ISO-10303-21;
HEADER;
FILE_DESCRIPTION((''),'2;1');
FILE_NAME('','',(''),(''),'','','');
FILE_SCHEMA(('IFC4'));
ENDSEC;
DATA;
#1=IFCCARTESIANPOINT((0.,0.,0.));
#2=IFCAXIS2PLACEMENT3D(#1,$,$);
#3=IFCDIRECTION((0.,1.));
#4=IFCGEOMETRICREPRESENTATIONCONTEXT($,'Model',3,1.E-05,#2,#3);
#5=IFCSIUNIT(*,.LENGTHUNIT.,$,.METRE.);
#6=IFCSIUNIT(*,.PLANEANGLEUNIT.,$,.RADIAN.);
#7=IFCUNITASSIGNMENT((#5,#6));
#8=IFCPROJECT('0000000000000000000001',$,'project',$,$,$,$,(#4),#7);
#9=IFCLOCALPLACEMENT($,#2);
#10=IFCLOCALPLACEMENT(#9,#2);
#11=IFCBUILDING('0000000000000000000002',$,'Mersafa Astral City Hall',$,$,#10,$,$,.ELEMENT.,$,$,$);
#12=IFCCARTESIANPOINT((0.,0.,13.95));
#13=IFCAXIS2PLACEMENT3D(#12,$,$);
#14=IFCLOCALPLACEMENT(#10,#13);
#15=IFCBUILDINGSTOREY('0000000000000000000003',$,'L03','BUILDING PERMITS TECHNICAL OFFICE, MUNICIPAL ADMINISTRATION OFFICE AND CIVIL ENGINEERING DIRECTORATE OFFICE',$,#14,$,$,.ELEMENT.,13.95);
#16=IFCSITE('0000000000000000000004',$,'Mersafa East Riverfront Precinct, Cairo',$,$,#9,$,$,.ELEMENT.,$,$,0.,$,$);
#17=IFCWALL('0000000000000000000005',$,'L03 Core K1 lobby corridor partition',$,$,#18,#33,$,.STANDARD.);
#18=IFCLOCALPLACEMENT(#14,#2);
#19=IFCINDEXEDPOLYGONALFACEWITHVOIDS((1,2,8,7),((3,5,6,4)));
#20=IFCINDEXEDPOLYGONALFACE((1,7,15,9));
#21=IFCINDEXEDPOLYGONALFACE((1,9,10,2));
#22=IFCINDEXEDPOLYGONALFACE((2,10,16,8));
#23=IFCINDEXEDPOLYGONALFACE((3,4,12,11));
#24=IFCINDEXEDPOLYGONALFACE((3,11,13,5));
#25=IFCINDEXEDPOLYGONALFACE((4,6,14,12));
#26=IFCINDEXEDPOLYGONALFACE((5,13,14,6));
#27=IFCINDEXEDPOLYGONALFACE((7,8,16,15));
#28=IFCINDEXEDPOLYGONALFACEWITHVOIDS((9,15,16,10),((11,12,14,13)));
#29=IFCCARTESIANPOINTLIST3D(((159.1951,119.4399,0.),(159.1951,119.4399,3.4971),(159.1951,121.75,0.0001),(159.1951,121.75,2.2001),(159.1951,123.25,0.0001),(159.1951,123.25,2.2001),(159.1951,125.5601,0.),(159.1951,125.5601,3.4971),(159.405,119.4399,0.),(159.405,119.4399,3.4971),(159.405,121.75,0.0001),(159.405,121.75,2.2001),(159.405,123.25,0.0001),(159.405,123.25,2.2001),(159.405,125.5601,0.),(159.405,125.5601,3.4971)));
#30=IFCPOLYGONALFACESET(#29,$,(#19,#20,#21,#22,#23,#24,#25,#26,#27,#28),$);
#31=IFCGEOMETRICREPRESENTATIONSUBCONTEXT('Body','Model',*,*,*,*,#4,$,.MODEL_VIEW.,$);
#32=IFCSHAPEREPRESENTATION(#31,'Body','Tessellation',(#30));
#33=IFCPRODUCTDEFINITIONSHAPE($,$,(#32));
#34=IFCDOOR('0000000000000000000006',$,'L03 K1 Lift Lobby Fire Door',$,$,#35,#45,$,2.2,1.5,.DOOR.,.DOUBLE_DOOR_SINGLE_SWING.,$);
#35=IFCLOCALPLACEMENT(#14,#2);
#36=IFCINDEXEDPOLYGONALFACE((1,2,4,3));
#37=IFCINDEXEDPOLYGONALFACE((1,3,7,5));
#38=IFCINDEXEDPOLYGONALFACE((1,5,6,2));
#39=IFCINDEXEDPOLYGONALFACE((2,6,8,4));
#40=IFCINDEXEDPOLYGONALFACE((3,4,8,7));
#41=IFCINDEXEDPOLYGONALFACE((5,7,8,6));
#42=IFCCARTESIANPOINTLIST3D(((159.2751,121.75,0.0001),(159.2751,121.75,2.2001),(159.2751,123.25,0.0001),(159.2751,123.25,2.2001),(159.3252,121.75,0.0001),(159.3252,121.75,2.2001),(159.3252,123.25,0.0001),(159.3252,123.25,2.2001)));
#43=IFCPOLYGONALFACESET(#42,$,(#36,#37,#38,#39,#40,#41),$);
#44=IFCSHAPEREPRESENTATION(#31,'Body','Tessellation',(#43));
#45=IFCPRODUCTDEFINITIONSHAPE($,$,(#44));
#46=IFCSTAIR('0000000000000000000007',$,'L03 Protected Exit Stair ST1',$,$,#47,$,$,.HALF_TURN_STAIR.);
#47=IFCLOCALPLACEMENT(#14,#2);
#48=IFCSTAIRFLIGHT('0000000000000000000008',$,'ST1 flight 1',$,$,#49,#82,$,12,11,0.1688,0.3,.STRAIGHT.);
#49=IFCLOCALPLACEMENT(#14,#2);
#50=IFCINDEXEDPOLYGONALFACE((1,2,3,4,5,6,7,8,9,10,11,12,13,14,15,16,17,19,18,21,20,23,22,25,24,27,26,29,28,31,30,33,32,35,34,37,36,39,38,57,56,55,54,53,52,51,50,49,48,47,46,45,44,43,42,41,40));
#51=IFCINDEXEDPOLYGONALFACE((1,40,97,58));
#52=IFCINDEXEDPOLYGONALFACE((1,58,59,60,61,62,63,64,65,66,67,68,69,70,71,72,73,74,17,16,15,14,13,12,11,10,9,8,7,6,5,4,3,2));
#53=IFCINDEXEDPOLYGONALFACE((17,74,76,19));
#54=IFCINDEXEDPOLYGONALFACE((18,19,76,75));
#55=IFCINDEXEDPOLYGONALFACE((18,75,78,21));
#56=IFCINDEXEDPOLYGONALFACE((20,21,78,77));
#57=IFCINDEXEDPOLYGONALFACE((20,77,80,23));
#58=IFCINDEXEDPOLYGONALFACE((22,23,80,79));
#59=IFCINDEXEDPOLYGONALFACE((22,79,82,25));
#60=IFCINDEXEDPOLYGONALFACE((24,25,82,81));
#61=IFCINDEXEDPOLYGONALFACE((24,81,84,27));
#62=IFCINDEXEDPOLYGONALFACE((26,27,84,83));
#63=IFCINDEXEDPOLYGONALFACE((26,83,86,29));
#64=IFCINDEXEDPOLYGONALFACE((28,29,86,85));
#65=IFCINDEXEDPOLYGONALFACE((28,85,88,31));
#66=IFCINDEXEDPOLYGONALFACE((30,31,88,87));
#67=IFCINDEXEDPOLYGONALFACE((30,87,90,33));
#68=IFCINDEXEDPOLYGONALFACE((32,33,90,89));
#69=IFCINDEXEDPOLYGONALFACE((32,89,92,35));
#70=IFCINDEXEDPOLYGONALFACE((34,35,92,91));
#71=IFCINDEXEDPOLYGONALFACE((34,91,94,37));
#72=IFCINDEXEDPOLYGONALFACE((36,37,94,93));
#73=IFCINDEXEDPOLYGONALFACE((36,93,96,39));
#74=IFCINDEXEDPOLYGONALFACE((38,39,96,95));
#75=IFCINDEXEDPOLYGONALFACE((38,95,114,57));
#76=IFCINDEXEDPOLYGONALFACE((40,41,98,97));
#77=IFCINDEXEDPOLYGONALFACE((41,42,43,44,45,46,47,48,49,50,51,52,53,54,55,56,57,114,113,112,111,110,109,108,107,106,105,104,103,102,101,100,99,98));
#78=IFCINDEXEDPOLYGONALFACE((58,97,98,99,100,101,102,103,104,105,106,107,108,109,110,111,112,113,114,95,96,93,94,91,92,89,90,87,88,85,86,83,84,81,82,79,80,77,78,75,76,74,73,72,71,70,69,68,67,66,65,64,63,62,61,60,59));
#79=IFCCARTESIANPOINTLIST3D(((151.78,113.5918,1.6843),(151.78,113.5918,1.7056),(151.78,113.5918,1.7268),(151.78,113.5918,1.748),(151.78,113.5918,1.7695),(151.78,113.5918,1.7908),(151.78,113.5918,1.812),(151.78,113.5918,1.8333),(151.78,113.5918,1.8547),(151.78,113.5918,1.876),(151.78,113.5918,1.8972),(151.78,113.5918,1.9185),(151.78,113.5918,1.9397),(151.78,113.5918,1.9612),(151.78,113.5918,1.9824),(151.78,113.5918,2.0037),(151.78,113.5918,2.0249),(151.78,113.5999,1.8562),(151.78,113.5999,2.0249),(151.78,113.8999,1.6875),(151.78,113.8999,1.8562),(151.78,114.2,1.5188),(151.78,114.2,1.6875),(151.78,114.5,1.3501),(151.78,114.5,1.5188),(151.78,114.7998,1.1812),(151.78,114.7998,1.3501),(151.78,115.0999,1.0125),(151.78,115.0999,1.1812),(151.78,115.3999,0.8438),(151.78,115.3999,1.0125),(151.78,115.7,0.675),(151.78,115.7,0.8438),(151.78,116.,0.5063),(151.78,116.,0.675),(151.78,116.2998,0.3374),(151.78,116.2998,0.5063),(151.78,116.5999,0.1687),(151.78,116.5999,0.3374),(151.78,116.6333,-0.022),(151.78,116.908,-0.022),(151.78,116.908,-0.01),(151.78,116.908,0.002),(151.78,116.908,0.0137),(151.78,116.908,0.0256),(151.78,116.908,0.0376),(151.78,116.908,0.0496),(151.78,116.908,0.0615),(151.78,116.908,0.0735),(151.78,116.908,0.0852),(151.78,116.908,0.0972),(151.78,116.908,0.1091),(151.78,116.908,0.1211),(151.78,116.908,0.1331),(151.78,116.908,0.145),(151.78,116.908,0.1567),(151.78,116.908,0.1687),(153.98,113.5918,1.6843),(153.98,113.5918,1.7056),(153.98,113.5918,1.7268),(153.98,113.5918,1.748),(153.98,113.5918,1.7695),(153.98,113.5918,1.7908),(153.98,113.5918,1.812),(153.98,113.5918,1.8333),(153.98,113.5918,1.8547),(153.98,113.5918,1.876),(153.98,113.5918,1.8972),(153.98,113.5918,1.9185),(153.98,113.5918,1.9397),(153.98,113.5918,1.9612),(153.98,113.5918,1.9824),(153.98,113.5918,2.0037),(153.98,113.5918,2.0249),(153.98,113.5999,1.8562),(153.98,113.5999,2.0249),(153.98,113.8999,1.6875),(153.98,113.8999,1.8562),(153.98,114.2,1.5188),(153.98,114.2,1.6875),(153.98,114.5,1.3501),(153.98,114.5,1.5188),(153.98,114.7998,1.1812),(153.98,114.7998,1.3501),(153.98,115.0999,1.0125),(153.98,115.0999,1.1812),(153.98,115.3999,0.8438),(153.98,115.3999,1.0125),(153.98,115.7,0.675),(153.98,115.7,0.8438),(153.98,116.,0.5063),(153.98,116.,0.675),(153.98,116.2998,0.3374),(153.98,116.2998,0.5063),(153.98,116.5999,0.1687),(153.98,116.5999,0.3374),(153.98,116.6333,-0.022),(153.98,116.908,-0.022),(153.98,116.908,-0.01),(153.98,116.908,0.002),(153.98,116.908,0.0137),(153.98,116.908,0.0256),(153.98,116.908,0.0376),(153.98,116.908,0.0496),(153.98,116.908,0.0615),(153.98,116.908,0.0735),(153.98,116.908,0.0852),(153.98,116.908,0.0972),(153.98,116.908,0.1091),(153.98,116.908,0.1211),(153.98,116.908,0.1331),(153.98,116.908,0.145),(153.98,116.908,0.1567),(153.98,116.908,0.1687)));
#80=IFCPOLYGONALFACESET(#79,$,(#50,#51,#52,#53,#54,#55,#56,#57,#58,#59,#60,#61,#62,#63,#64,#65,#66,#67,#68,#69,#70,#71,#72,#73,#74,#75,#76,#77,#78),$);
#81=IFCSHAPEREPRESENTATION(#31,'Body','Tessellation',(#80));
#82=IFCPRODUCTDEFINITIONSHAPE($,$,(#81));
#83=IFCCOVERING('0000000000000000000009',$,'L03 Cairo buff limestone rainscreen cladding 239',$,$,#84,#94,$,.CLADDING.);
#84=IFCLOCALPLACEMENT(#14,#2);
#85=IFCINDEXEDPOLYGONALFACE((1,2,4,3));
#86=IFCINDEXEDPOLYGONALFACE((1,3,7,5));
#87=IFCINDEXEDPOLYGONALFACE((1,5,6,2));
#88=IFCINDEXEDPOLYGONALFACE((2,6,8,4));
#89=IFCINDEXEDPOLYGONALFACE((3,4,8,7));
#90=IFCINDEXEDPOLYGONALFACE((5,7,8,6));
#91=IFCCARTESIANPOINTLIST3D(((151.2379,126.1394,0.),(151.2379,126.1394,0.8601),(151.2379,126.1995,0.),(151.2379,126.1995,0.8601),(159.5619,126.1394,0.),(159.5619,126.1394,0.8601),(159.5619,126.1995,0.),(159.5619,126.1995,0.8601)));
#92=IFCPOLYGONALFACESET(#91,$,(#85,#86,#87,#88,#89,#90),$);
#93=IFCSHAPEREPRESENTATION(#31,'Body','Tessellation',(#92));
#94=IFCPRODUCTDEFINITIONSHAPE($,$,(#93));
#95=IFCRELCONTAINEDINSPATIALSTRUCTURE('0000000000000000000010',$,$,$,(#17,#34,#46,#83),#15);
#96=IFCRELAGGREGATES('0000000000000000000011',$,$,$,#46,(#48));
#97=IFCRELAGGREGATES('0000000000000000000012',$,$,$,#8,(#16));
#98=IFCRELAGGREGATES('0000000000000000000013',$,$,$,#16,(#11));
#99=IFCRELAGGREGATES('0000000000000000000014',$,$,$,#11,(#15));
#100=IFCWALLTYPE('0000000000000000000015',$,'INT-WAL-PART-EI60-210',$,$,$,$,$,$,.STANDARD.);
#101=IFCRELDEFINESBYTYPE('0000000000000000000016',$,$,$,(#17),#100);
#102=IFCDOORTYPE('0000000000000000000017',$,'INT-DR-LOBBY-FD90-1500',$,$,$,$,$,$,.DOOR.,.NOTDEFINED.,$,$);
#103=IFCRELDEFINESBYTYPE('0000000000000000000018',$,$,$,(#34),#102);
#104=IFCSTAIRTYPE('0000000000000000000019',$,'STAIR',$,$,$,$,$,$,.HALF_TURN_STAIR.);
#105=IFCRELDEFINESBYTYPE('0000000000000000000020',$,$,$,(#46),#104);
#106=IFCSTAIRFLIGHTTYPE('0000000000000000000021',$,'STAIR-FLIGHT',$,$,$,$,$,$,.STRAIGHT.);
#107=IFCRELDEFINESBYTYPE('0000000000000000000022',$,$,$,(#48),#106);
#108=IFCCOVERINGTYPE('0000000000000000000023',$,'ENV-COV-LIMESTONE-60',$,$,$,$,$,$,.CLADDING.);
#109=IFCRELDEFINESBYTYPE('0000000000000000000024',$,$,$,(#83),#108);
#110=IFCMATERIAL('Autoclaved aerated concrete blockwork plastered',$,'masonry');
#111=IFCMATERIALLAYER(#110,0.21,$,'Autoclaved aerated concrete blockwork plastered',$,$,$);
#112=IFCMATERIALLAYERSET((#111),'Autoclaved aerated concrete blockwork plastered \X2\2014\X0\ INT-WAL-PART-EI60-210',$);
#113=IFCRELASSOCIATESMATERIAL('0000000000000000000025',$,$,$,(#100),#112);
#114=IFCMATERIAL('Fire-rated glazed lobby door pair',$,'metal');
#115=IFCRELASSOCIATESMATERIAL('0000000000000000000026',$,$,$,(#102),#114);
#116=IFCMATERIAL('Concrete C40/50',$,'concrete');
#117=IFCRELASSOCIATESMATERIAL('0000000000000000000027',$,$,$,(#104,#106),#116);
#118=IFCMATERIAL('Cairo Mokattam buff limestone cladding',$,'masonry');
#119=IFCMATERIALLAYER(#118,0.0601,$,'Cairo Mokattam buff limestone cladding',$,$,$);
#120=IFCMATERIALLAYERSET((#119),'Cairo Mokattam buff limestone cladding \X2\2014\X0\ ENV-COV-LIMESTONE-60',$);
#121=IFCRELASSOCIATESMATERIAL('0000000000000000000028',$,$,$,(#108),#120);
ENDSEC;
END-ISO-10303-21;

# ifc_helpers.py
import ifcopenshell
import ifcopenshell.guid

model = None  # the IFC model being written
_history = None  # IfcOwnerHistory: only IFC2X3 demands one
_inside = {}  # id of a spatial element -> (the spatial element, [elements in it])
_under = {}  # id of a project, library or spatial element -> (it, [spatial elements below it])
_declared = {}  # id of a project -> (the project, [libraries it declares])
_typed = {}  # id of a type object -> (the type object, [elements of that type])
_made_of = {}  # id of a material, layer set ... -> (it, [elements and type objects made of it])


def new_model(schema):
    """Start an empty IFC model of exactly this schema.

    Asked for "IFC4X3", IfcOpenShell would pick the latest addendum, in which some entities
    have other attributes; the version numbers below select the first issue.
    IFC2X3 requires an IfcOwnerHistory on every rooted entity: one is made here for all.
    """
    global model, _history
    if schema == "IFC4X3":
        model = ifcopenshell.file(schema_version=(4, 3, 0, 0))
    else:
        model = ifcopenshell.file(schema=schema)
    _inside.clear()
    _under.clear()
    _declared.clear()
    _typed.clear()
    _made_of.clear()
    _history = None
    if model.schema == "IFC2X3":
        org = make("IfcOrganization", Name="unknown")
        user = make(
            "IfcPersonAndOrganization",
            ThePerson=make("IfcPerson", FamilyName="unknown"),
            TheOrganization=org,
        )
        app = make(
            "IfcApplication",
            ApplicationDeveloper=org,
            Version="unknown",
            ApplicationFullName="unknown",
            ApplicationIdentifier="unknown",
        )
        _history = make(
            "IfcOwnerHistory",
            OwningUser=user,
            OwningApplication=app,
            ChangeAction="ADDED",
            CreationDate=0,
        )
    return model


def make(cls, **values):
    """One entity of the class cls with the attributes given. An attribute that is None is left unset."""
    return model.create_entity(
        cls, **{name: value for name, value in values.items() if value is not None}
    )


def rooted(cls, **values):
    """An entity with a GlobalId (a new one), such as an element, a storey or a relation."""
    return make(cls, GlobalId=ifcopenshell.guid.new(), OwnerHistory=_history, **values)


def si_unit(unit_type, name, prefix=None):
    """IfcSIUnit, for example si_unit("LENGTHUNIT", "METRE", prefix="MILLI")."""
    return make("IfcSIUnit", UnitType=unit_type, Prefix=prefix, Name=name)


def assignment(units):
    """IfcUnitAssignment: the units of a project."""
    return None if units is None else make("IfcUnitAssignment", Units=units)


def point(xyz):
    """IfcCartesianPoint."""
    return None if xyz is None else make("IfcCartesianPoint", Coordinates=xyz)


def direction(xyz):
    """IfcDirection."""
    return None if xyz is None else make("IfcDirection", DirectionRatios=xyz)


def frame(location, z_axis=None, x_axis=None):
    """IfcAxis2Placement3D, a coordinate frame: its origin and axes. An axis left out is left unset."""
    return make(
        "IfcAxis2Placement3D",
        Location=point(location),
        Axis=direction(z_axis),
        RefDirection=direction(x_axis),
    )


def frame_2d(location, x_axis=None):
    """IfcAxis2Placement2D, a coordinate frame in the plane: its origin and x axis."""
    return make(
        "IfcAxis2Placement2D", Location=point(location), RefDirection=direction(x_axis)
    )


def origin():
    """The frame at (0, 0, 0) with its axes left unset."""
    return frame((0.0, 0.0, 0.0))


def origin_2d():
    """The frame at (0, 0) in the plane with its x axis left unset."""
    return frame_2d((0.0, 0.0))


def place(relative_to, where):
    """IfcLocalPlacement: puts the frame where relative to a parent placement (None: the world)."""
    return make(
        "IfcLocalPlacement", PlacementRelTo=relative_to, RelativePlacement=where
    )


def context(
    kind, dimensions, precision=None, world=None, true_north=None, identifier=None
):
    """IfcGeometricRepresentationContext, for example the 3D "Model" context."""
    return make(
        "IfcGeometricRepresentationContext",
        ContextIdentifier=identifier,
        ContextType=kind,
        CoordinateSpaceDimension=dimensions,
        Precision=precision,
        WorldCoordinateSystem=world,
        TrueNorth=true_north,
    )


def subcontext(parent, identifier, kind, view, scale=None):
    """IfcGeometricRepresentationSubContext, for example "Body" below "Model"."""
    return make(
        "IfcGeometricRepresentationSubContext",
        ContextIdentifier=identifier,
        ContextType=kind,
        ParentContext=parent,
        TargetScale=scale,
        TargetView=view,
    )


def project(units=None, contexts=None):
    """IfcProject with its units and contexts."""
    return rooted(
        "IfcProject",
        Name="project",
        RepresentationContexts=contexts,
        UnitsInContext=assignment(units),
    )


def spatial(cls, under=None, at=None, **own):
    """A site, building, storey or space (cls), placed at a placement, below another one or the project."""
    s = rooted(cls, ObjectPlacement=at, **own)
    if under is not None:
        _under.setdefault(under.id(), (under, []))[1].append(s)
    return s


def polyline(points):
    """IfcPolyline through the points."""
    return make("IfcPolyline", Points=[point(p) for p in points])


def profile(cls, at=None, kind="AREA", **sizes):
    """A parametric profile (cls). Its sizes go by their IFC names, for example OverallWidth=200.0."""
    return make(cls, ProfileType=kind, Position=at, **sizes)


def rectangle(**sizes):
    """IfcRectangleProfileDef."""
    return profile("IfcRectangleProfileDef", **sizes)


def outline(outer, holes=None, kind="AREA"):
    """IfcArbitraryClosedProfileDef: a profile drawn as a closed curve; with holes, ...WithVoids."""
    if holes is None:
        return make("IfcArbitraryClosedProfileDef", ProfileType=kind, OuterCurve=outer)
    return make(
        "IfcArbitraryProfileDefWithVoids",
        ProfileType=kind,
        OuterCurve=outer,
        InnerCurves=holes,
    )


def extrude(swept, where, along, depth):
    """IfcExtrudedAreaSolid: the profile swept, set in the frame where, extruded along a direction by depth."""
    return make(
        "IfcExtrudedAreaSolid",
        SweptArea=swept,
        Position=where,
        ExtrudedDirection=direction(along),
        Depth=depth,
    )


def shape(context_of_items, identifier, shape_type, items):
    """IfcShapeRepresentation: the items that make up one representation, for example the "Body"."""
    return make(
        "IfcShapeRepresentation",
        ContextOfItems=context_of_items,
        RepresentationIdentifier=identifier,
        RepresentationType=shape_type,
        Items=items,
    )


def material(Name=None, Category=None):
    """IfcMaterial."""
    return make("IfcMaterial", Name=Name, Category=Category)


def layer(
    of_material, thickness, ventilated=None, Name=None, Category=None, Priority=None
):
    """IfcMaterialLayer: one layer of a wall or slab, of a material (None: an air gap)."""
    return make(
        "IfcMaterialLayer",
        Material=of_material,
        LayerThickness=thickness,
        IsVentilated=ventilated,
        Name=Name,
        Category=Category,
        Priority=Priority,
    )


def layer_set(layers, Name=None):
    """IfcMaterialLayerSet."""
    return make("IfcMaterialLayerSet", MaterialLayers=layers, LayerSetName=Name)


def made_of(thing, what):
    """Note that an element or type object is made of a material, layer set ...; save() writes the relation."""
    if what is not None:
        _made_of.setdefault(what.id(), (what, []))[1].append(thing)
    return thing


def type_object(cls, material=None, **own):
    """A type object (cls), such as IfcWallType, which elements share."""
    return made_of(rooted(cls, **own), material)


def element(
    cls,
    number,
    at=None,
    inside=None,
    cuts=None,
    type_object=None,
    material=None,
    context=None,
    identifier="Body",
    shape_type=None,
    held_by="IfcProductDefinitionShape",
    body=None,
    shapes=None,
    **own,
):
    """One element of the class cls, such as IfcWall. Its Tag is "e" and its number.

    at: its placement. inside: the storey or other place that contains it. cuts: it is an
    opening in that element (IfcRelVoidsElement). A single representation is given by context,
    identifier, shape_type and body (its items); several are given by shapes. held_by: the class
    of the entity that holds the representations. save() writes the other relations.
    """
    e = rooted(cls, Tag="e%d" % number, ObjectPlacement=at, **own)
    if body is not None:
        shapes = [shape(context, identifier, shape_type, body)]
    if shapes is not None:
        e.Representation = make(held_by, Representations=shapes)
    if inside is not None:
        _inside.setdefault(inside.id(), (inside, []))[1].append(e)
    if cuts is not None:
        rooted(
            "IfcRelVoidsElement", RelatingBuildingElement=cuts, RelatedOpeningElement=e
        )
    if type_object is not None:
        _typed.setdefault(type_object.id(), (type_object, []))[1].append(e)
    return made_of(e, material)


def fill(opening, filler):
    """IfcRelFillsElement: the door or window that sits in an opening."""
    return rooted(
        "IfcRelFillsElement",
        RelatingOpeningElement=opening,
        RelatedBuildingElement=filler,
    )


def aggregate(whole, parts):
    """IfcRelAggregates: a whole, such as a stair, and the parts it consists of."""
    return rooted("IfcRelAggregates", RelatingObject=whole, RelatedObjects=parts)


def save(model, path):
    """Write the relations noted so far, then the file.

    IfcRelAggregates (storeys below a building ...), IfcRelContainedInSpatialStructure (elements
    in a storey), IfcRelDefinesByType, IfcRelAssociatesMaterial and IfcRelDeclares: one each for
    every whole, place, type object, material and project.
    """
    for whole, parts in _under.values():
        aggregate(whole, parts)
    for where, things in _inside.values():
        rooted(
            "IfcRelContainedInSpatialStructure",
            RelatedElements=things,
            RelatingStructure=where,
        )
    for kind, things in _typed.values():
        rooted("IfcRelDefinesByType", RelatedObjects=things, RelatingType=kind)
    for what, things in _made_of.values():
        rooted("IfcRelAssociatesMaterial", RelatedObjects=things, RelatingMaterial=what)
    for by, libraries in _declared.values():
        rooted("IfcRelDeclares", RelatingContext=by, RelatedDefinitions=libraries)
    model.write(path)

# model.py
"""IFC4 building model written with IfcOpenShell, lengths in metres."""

from ifc_helpers import new_model, si_unit, direction, frame, frame_2d, origin, origin_2d, place, context, subcontext, project, spatial, polyline, rectangle, outline, extrude, material, layer, layer_set, type_object, element, fill, aggregate, save


model = new_model("IFC4")

# Units and contexts
model_context = context("Model", 3, precision=1e-05, world=origin(), true_north=direction((0.0, 1.0)))
body_context = subcontext(model_context, "Body", "Model", "MODEL_VIEW")
ifc_project = project(units=[si_unit("LENGTHUNIT", "METRE"), si_unit("PLANEANGLEUNIT", "RADIAN")], contexts=[model_context])

# Site, building, storey
site_placement = place(None, origin())
site = spatial("IfcSite", under=ifc_project, at=site_placement, Name="Mersafa East Riverfront Precinct, Cairo", CompositionType="ELEMENT", RefElevation=0.0)
building_placement = place(site_placement, origin())
building = spatial("IfcBuilding", under=site, at=building_placement, Name="Mersafa Astral City Hall", CompositionType="ELEMENT")
storey_placement = place(building_placement, frame((0.0, 0.0, 13.95)))
storey = spatial("IfcBuildingStorey", under=building, at=storey_placement, Name="L03", Description="BUILDING PERMITS TECHNICAL OFFICE, MUNICIPAL ADMINISTRATION OFFICE AND CIVIL ENGINEERING DIRECTORATE OFFICE", CompositionType="ELEMENT", Elevation=13.95)

# Shared definitions
ifc_material_1 = material(Name="Concrete C40/50", Category="concrete")

# Wall, opening, door
ifc_material_2 = material(Name="Autoclaved aerated concrete blockwork plastered", Category="masonry")
ifc_layer_1 = layer(ifc_material_2, 0.21, Name="Autoclaved aerated concrete blockwork plastered")
ifc_layer_set_1 = layer_set([ifc_layer_1], Name="Autoclaved aerated concrete blockwork plastered — INT-WAL-PART-EI60-210")
wall_type_1 = type_object("IfcWallType", Name="INT-WAL-PART-EI60-210", PredefinedType="STANDARD", material=ifc_layer_set_1)
wall_1_placement = place(storey_placement, frame((159.3, 119.4399, 0.0), z_axis=(0.0, 0.0, 1.0), x_axis=(0.0, 1.0, 0.0)))
wall_1 = element("IfcWall", 1, at=wall_1_placement, inside=storey, type_object=wall_type_1, Name="L03 Core K1 lobby corridor partition", PredefinedType="STANDARD", context=body_context, shape_type="SweptSolid", body=[
    extrude(rectangle(XDim=6.1201, YDim=0.21, at=frame_2d((3.0601, 0.0))), origin(), (0.0, 0.0, 1.0), 3.4971),
])
opening_1_placement = place(wall_1_placement, frame((2.3101, 0.0, 0.0)))
opening_1 = element("IfcOpeningElement", 2, at=opening_1_placement, cuts=wall_1, PredefinedType="OPENING", context=body_context, shape_type="SweptSolid", body=[
    extrude(rectangle(XDim=1.5, YDim=2.2, at=frame_2d((0.75, 1.1001))), frame((0.0, 0.115, 0.0), z_axis=(0.0, -1.0, 0.0), x_axis=(1.0, 0.0, 0.0)), (0.0, 0.0, 1.0), 0.23),
])
ifc_material_3 = material(Name="Fire-rated glazed lobby door pair", Category="metal")
door_type_1 = type_object("IfcDoorType", Name="INT-DR-LOBBY-FD90-1500", OperationType="NOTDEFINED", PredefinedType="DOOR", material=ifc_material_3)
door_1_placement = place(opening_1_placement, origin())
door_1 = element("IfcDoor", 3, at=door_1_placement, inside=storey, type_object=door_type_1, Name="L03 K1 Lift Lobby Fire Door", OperationType="DOUBLE_DOOR_SINGLE_SWING", OverallHeight=2.2, OverallWidth=1.5, PredefinedType="DOOR", context=body_context, shape_type="SweptSolid", body=[
    extrude(rectangle(XDim=1.5, YDim=2.2, at=frame_2d((0.75, 1.1001))), frame((0.0, 0.0249, 0.0), z_axis=(0.0, -1.0, 0.0), x_axis=(1.0, 0.0, 0.0)), (0.0, 0.0, 1.0), 0.05),
])
fill(opening_1, door_1)

# Stair, stair flight
stair_type = type_object("IfcStairType", Name="STAIR", PredefinedType="HALF_TURN_STAIR", material=ifc_material_1)
stair_placement = place(storey_placement, origin())
stair = element("IfcStair", 4, at=stair_placement, inside=storey, type_object=stair_type, Name="L03 Protected Exit Stair ST1", PredefinedType="HALF_TURN_STAIR")
stair_flight_type = type_object("IfcStairFlightType", Name="STAIR-FLIGHT", PredefinedType="STRAIGHT", material=ifc_material_1)
stair_flight_placement = place(storey_placement, frame((152.8799, 116.8999, 0.0), z_axis=(0.0, 0.0, 1.0), x_axis=(0.0, -1.0, 0.0)))
stair_flight = element("IfcStairFlight", 5, at=stair_flight_placement, type_object=stair_flight_type, Name="ST1 flight 1", NumberOfRisers=12, NumberOfTreads=11, PredefinedType="STRAIGHT", RiserHeight=0.1688, TreadLength=0.3, context=body_context, shape_type="SweptSolid", body=[
    extrude(outline(polyline([(-0.0081, -0.022), (-0.0081, -0.01), (-0.0081, 0.002), (-0.0081, 0.0137), (-0.0081, 0.0256), (-0.0081, 0.0376), (-0.0081, 0.0496), (-0.0081, 0.0615), (-0.0081, 0.0735), (-0.0081, 0.0852), (-0.0081, 0.0972), (-0.0081, 0.1091), (-0.0081, 0.1211), (-0.0081, 0.1331), (-0.0081, 0.145), (-0.0081, 0.1567), (-0.0081, 0.1687), (0.3, 0.1687), (0.3, 0.3374), (0.6001, 0.3374), (0.6001, 0.5063), (0.8999, 0.5063), (0.8999, 0.675), (1.2, 0.675), (1.2, 0.8438), (1.5, 0.8438), (1.5, 1.0125), (1.8, 1.0125), (1.8, 1.1812), (2.1001, 1.1812), (2.1001, 1.3501), (2.3999, 1.3501), (2.3999, 1.5188), (2.7, 1.5188), (2.7, 1.6875), (3.0, 1.6875), (3.0, 1.8562), (3.3, 1.8562), (3.3, 2.0249), (3.3081, 2.0249), (3.3081, 2.0037), (3.3081, 1.9824), (3.3081, 1.9612), (3.3081, 1.9397), (3.3081, 1.9185), (3.3081, 1.8972), (3.3081, 1.876), (3.3081, 1.8547), (3.3081, 1.8333), (3.3081, 1.812), (3.3081, 1.7908), (3.3081, 1.7695), (3.3081, 1.748), (3.3081, 1.7268), (3.3081, 1.7056), (3.3081, 1.6843), (0.2666, -0.022), (-0.0081, -0.022)])), frame((0.0, 1.1001, 0.0), z_axis=(0.0, -1.0, 0.0), x_axis=(1.0, 0.0, 0.0)), (0.0, 0.0, 1.0), 2.2),
])
aggregate(stair, [stair_flight])

# Covering
ifc_material_4 = material(Name="Cairo Mokattam buff limestone cladding", Category="masonry")
ifc_layer_2 = layer(ifc_material_4, 0.0601, Name="Cairo Mokattam buff limestone cladding")
ifc_layer_set_2 = layer_set([ifc_layer_2], Name="Cairo Mokattam buff limestone cladding — ENV-COV-LIMESTONE-60")
covering_type = type_object("IfcCoveringType", Name="ENV-COV-LIMESTONE-60", PredefinedType="CLADDING", material=ifc_layer_set_2)
covering_placement = place(storey_placement, frame((155.3999, 126.1694, 0.0), z_axis=(0.0, 0.0, 1.0), x_axis=(-1.0, 0.0, 0.0)))
element("IfcCovering", 6, at=covering_placement, inside=storey, type_object=covering_type, Name="L03 Cairo buff limestone rainscreen cladding 239", PredefinedType="CLADDING", context=body_context, shape_type="SweptSolid", body=[
    extrude(rectangle(XDim=8.324, YDim=0.0601, at=origin_2d()), origin(), (0.0, 0.0, 1.0), 0.8601),
])

save(model, "model.ifc")
